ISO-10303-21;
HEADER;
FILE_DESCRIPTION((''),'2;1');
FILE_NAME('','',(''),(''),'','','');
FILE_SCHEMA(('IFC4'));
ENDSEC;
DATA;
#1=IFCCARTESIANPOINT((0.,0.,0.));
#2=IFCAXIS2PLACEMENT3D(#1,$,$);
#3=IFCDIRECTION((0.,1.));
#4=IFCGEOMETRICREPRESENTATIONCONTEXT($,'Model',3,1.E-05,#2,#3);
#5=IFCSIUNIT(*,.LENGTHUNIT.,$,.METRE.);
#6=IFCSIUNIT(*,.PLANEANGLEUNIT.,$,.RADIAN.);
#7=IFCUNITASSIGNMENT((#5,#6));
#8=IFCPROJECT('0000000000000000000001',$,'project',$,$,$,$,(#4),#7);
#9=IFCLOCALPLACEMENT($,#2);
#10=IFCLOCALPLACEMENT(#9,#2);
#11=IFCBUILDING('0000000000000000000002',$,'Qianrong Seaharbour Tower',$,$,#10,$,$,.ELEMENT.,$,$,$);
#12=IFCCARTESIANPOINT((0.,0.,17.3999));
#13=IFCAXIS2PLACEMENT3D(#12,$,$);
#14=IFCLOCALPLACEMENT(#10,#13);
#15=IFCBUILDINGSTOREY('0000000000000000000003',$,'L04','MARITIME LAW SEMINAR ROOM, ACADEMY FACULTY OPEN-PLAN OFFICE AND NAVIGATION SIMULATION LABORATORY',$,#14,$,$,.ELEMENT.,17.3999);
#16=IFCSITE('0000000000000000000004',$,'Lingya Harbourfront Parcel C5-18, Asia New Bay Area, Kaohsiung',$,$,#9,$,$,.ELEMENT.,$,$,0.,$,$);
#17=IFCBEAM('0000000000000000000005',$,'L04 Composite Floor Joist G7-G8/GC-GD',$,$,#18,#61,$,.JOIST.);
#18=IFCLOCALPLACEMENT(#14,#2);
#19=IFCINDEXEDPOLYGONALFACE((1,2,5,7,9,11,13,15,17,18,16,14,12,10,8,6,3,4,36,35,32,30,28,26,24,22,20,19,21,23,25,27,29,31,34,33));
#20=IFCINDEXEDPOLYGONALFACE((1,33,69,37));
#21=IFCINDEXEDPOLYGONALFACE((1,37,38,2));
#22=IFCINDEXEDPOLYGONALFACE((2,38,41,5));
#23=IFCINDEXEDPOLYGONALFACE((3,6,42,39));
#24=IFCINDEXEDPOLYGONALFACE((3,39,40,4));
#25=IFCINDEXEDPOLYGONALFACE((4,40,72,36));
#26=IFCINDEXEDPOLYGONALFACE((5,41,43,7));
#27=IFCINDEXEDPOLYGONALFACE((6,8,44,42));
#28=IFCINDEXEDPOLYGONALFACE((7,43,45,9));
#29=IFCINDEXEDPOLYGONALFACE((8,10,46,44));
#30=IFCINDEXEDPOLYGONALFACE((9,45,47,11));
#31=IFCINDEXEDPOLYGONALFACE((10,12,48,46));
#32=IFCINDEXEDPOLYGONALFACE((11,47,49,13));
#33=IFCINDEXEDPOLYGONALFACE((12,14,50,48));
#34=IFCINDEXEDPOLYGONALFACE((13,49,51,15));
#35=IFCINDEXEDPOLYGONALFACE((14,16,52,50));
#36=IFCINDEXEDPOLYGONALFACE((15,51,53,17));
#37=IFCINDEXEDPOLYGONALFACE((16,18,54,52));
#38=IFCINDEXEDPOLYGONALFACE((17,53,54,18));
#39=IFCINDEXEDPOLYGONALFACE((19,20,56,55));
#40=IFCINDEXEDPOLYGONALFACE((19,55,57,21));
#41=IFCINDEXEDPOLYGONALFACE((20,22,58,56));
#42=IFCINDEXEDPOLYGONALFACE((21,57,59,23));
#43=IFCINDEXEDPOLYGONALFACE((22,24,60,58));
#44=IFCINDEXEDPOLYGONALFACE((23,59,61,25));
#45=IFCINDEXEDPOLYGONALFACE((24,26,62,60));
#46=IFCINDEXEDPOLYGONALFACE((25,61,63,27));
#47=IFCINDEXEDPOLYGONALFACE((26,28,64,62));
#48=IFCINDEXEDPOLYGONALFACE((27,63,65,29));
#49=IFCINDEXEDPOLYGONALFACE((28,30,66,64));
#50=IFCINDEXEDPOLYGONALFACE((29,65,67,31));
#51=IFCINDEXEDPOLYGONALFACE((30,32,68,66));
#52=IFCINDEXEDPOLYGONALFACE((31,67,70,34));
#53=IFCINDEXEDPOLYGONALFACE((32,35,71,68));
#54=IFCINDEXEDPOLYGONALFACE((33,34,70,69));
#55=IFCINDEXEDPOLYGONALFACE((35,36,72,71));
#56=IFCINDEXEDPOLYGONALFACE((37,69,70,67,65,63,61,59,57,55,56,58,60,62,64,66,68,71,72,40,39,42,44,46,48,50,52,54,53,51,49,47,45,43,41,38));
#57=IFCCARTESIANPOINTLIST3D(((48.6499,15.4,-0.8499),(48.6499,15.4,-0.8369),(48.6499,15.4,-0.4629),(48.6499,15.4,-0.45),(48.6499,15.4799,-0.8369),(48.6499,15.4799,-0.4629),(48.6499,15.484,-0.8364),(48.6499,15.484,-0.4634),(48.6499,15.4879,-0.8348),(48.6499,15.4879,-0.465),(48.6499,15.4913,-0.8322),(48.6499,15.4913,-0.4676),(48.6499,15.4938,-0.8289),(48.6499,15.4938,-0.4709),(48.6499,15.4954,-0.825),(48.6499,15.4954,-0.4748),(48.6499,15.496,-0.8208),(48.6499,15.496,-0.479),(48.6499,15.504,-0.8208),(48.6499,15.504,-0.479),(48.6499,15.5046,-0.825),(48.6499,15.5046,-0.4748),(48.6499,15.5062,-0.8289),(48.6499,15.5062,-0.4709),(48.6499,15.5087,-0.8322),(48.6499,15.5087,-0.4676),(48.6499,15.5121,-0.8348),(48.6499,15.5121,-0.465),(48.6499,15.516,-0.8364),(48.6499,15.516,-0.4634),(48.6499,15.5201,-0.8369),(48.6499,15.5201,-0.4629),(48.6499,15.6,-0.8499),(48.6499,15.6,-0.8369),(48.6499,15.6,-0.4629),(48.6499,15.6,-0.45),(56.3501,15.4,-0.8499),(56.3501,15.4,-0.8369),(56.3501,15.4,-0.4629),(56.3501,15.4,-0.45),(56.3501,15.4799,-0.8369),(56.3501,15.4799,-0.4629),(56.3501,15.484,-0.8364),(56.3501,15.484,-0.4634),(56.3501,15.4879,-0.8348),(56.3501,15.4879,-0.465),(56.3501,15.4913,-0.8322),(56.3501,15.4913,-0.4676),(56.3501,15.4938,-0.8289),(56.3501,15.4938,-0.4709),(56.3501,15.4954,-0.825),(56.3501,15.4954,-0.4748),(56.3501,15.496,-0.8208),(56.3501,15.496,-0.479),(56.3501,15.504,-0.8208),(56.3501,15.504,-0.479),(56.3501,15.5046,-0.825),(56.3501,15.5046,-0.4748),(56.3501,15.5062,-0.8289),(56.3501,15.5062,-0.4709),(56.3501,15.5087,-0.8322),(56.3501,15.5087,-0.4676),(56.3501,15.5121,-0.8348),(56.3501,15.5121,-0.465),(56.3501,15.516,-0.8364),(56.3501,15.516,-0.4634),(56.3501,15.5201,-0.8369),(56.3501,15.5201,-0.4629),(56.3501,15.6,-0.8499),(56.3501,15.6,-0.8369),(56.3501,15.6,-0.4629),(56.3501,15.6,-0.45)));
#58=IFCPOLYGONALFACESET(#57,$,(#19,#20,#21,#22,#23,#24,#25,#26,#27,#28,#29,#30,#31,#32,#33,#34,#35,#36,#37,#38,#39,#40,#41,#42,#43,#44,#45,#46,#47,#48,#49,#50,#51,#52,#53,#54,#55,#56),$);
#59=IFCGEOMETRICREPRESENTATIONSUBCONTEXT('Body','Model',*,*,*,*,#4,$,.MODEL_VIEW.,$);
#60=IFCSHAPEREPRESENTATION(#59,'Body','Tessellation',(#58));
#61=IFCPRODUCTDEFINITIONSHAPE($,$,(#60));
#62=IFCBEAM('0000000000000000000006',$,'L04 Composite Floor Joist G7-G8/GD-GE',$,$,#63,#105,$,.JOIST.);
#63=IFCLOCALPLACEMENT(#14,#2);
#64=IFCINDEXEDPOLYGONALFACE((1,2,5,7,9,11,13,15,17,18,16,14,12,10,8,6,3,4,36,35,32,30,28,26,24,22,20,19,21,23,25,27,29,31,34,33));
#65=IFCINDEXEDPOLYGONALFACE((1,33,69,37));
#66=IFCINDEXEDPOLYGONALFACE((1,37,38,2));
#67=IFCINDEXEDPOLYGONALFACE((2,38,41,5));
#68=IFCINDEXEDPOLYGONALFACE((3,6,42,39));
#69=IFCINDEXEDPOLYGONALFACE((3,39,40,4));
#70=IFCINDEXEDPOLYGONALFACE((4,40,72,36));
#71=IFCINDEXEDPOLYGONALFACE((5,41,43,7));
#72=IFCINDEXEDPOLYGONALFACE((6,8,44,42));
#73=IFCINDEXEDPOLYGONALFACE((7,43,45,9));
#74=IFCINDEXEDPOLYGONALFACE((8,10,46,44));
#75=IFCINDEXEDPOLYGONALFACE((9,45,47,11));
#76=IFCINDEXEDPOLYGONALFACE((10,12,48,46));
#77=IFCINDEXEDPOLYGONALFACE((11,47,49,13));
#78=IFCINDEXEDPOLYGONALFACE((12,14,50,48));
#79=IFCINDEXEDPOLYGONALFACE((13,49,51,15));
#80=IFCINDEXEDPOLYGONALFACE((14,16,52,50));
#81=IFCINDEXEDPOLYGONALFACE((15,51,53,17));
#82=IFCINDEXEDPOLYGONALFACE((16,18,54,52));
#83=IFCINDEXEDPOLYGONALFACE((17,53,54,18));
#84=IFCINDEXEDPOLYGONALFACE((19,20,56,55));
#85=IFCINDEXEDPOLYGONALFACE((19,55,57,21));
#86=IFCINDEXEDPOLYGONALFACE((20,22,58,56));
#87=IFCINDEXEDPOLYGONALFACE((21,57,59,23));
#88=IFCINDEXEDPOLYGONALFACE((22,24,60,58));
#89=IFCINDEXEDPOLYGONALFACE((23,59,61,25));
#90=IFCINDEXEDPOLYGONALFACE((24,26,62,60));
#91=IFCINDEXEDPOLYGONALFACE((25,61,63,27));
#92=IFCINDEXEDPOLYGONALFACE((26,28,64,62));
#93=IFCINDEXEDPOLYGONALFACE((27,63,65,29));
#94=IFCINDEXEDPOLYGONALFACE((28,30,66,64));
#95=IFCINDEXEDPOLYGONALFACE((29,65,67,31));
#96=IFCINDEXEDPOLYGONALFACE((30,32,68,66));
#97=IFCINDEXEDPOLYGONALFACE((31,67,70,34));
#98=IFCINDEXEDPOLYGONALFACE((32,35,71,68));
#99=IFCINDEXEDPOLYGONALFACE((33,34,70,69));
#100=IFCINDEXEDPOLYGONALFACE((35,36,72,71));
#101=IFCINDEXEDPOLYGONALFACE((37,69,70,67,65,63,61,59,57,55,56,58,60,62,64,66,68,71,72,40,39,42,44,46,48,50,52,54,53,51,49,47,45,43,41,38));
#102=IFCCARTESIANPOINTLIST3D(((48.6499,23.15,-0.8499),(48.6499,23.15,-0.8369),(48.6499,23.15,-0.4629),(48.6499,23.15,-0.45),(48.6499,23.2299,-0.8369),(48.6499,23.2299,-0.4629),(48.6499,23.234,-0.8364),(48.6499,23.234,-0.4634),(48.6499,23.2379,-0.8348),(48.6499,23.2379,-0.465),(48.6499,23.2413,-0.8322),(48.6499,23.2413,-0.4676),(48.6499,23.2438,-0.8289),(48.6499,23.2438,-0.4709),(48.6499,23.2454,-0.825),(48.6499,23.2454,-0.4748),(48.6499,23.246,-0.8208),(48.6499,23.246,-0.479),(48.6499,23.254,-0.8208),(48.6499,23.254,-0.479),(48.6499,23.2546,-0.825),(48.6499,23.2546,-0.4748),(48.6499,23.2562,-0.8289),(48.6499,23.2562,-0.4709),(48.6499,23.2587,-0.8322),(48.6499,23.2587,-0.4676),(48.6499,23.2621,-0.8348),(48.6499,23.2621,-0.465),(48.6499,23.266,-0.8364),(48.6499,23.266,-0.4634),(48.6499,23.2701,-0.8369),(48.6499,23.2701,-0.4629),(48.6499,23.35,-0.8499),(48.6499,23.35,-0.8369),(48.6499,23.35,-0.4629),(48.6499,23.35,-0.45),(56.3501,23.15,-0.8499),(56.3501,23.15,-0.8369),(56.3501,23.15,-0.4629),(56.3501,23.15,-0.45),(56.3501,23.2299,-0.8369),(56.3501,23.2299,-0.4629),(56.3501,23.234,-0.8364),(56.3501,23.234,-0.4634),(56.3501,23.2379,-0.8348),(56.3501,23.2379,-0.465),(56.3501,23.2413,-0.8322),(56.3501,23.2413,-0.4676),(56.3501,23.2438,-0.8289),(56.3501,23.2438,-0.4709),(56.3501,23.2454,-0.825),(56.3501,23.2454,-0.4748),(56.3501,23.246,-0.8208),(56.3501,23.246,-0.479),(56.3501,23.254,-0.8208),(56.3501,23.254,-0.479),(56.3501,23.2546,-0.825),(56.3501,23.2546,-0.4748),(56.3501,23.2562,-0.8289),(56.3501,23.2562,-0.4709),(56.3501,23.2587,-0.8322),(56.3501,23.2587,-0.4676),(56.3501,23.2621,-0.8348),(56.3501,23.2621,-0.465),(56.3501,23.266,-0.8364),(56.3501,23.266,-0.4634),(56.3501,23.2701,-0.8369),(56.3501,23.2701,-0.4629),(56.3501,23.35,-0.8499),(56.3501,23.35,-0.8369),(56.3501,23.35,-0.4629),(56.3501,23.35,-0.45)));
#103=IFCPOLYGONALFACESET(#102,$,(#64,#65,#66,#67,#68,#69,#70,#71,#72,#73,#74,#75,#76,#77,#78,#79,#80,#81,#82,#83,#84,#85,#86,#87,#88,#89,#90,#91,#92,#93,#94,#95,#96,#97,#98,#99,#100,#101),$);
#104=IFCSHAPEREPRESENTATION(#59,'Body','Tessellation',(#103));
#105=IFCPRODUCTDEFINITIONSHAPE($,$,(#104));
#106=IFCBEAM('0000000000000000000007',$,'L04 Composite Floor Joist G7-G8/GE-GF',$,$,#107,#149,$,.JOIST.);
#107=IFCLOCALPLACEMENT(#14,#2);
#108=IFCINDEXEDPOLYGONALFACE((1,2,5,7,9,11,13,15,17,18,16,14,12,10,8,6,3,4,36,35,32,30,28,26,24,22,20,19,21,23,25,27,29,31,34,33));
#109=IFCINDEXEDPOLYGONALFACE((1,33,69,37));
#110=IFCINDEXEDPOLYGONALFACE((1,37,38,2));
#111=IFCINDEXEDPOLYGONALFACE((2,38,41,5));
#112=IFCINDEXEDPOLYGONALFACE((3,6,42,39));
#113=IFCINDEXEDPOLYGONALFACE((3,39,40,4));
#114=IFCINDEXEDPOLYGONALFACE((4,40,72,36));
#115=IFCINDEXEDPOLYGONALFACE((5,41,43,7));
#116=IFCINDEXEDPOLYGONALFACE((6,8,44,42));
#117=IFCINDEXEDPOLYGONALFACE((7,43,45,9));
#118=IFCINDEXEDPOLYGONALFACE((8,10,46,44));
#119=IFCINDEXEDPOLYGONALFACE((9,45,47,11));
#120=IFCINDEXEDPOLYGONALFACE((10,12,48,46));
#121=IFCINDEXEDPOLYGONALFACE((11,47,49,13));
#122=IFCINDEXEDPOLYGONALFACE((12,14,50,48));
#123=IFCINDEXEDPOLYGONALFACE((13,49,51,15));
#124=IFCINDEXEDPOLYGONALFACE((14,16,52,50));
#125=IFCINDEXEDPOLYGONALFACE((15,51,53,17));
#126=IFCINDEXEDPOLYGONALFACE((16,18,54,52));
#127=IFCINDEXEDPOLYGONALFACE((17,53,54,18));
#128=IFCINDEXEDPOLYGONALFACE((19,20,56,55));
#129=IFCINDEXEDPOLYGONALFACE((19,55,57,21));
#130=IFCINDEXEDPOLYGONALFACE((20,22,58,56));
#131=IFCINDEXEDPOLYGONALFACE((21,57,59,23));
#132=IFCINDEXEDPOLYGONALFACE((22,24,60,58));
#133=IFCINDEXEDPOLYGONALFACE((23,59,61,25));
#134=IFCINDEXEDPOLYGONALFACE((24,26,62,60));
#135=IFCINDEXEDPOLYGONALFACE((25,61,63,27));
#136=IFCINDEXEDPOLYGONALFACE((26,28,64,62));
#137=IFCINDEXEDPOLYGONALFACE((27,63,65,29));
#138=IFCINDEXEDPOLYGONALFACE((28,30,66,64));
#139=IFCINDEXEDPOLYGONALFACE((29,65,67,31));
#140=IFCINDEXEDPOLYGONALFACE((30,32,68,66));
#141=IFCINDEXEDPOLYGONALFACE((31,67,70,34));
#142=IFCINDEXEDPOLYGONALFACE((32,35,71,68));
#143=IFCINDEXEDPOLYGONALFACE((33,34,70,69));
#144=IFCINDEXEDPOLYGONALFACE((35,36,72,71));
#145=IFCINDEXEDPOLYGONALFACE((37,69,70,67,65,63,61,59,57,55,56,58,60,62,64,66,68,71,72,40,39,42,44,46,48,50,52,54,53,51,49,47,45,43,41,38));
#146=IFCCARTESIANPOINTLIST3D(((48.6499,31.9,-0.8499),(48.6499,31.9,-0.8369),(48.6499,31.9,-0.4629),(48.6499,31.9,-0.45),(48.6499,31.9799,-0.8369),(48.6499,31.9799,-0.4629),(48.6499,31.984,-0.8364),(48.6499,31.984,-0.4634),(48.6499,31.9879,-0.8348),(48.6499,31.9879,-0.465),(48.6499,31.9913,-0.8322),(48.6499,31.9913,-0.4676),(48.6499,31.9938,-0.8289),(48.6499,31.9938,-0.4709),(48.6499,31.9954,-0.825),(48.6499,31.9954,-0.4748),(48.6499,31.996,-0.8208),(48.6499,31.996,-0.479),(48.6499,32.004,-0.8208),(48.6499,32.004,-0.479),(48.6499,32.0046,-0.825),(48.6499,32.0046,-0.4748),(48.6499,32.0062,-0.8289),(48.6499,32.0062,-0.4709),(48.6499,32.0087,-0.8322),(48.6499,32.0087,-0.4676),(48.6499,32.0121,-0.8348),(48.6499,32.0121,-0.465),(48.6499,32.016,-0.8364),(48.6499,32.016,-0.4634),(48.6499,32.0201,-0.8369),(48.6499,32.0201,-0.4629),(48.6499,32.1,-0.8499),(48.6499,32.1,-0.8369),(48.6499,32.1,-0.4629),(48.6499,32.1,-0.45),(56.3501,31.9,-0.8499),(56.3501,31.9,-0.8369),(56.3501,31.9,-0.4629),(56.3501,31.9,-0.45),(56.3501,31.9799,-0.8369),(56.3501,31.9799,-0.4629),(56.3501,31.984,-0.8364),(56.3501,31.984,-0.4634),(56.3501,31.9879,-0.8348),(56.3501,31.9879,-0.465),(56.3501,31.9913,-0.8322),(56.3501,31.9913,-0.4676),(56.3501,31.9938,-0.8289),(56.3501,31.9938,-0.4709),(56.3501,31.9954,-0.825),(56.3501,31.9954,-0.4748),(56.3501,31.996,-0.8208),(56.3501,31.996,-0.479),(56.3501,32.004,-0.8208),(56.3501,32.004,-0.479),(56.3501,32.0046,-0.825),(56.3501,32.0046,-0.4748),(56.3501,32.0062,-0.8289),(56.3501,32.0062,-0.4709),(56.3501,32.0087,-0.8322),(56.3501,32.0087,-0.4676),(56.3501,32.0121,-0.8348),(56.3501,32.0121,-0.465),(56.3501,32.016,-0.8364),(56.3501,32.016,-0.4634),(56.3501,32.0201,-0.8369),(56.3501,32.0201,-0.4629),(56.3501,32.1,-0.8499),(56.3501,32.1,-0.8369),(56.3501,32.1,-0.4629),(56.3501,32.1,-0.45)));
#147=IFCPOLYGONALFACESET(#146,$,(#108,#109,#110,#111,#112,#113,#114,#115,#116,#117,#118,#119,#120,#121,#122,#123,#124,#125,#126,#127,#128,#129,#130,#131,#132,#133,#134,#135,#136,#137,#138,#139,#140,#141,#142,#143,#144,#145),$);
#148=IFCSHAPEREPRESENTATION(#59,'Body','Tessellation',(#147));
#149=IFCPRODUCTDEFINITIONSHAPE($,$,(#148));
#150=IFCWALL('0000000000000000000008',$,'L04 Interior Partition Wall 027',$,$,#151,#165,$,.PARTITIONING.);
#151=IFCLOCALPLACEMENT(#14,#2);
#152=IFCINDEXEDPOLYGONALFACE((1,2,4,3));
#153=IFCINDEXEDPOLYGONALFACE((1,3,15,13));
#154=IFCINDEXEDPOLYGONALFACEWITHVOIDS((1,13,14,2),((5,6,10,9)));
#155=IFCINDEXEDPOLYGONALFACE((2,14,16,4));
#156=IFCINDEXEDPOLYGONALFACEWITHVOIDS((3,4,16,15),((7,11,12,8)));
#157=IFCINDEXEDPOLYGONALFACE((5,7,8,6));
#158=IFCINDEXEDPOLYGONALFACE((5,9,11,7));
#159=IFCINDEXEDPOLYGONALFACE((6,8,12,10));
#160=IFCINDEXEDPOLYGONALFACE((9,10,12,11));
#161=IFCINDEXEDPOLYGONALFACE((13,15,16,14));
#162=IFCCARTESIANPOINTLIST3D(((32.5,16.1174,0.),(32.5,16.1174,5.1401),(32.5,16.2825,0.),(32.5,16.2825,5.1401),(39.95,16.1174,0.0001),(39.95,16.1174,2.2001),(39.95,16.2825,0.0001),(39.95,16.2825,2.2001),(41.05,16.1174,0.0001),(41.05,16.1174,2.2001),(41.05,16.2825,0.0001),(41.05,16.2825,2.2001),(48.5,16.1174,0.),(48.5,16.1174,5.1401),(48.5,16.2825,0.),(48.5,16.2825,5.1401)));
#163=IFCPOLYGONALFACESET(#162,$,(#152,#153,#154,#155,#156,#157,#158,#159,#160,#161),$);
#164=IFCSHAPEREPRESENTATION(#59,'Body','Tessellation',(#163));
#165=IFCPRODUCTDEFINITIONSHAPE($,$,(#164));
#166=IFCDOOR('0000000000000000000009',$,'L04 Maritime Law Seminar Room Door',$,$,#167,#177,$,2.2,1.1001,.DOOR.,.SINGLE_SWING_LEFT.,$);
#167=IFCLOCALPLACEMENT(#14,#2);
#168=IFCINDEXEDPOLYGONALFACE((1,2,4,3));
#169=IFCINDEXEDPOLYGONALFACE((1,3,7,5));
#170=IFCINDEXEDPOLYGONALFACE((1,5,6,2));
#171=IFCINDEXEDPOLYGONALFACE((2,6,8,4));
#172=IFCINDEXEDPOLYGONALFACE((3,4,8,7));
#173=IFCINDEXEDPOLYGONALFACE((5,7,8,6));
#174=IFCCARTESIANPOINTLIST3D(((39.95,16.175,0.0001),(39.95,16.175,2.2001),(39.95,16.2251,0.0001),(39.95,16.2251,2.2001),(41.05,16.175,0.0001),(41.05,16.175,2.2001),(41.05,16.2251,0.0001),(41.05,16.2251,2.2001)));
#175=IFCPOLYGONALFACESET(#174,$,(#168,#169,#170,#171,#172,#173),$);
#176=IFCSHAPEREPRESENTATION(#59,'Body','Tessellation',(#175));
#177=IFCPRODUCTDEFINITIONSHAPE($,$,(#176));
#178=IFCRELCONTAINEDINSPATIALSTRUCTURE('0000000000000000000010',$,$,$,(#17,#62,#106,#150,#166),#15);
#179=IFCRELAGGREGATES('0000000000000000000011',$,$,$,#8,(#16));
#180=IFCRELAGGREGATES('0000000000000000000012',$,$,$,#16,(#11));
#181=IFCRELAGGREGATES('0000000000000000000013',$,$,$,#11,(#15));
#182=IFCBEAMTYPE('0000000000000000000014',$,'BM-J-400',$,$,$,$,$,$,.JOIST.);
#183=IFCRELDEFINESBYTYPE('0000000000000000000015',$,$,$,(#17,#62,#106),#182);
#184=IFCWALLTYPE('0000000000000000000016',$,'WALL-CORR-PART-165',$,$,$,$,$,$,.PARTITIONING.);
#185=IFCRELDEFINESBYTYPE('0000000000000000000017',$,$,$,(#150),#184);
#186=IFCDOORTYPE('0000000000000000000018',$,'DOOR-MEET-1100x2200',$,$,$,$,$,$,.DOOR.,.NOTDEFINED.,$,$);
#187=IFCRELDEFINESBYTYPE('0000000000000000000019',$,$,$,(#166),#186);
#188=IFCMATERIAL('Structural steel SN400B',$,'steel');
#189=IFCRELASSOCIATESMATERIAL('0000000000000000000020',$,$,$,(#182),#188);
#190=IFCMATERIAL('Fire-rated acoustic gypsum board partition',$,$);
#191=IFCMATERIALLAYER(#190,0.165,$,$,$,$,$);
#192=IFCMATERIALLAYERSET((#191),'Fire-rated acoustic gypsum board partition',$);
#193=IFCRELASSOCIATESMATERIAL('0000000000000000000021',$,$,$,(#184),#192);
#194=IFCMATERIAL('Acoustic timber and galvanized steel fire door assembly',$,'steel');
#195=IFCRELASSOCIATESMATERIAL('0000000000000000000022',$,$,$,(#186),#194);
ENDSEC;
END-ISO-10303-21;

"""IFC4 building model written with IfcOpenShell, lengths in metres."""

from ifc_helpers import new_model, si_unit, direction, frame, frame_2d, origin, origin_2d, place, context, subcontext, project, spatial, rectangle, i_section, extrude, material, layer, layer_set, material_profile, profile_set, type_object, element, fill, save


model = new_model("IFC4")

# Units and contexts
model_context = context("Model", 3, precision=1e-05, world=origin(), true_north=direction((0.0, 1.0)))
body_context = subcontext(model_context, "Body", "Model", "MODEL_VIEW")
ifc_project = project(units=[si_unit("LENGTHUNIT", "METRE"), si_unit("PLANEANGLEUNIT", "RADIAN")], contexts=[model_context])

# Site, building, storey
site_placement = place(None, origin())
site = spatial("IfcSite", under=ifc_project, at=site_placement, Name="Lingya Harbourfront Parcel C5-18, Asia New Bay Area, Kaohsiung", CompositionType="ELEMENT", RefElevation=0.0)
building_placement = place(site_placement, origin())
building = spatial("IfcBuilding", under=site, at=building_placement, Name="Qianrong Seaharbour Tower", CompositionType="ELEMENT")
storey_placement = place(building_placement, frame((0.0, 0.0, 17.3999)))
storey = spatial("IfcBuildingStorey", under=building, at=storey_placement, Name="L04", Description="MARITIME LAW SEMINAR ROOM, ACADEMY FACULTY OPEN-PLAN OFFICE AND NAVIGATION SIMULATION LABORATORY", CompositionType="ELEMENT", Elevation=17.3999)

# Beams
ifc_material_1 = material(Name="Structural steel SN400B", Category="steel")
ifc_material_profile_1 = material_profile(ifc_material_1, i_section(OverallWidth=0.2, OverallDepth=0.3999, WebThickness=0.0081, FlangeThickness=0.0129, FilletRadius=0.0161, at=origin_2d()), Name="H400x200x8x13")
ifc_profile_set_1 = profile_set([ifc_material_profile_1], Name="Structural steel SN400B")
beam_type_1 = type_object("IfcBeamType", Name="BM-J-400", PredefinedType="JOIST", material=ifc_profile_set_1)
for number, where, z_axis, x_axis, name in (
    (1, (48.6499, 15.5, -0.6499), (1.0, 0.0, 0.0), (0.0, 1.0, 0.0), "L04 Composite Floor Joist G7-G8/GC-GD"),
    (2, (48.6499, 23.25, -0.6499), (1.0, 0.0, 0.0), (0.0, 1.0, 0.0), "L04 Composite Floor Joist G7-G8/GD-GE"),
    (3, (48.6499, 32.0, -0.6499), (1.0, 0.0, 0.0), (0.0, 1.0, 0.0), "L04 Composite Floor Joist G7-G8/GE-GF"),
):
    element("IfcBeam", number, at=place(storey_placement, frame(where, z_axis=z_axis, x_axis=x_axis)), inside=storey, type_object=beam_type_1, Name=name, PredefinedType="JOIST", context=body_context, shape_type="SweptSolid", body=[
        extrude(i_section(OverallWidth=0.2, OverallDepth=0.3999, WebThickness=0.0081, FlangeThickness=0.0129, FilletRadius=0.0161, at=origin_2d()), origin(), (0.0, 0.0, 1.0), 7.7002),
    ])

# Wall, opening, door
ifc_material_2 = material(Name="Fire-rated acoustic gypsum board partition")
ifc_layer_1 = layer(ifc_material_2, 0.165)
ifc_layer_set_1 = layer_set([ifc_layer_1], Name="Fire-rated acoustic gypsum board partition")
wall_type_1 = type_object("IfcWallType", Name="WALL-CORR-PART-165", PredefinedType="PARTITIONING", material=ifc_layer_set_1)
wall_1_placement = place(storey_placement, frame((48.5, 16.2, 0.0), z_axis=(0.0, 0.0, 1.0), x_axis=(-1.0, 0.0, 0.0)))
wall_1 = element("IfcWall", 4, at=wall_1_placement, inside=storey, type_object=wall_type_1, Name="L04 Interior Partition Wall 027", PredefinedType="PARTITIONING", context=body_context, shape_type="SweptSolid", body=[
    extrude(rectangle(XDim=16.0, YDim=0.165, at=frame_2d((8.0, 0.0))), origin(), (0.0, 0.0, 1.0), 5.1401),
])
opening_1_placement = place(wall_1_placement, frame((7.45, 0.0, 0.0)))
opening_1 = element("IfcOpeningElement", 5, at=opening_1_placement, cuts=wall_1, PredefinedType="OPENING", context=body_context, shape_type="SweptSolid", body=[
    extrude(rectangle(XDim=1.1001, YDim=2.2, at=frame_2d((0.55, 1.1001))), frame((0.0, 0.0925, 0.0), z_axis=(0.0, -1.0, 0.0), x_axis=(1.0, 0.0, 0.0)), (0.0, 0.0, 1.0), 0.1851),
])
ifc_material_3 = material(Name="Acoustic timber and galvanized steel fire door assembly", Category="steel")
door_type = type_object("IfcDoorType", Name="DOOR-MEET-1100x2200", OperationType="NOTDEFINED", PredefinedType="DOOR", material=ifc_material_3)
door_1_placement = place(opening_1_placement, origin())
door_1 = element("IfcDoor", 6, at=door_1_placement, inside=storey, type_object=door_type, Name="L04 Maritime Law Seminar Room Door", OperationType="SINGLE_SWING_LEFT", OverallHeight=2.2, OverallWidth=1.1001, PredefinedType="DOOR", context=body_context, shape_type="SweptSolid", body=[
    extrude(rectangle(XDim=1.1001, YDim=2.2, at=frame_2d((0.55, 1.1001))), frame((0.0, 0.0249, 0.0), z_axis=(0.0, -1.0, 0.0), x_axis=(1.0, 0.0, 0.0)), (0.0, 0.0, 1.0), 0.05),
])
fill(opening_1, door_1)

save(model, "model.ifc")
